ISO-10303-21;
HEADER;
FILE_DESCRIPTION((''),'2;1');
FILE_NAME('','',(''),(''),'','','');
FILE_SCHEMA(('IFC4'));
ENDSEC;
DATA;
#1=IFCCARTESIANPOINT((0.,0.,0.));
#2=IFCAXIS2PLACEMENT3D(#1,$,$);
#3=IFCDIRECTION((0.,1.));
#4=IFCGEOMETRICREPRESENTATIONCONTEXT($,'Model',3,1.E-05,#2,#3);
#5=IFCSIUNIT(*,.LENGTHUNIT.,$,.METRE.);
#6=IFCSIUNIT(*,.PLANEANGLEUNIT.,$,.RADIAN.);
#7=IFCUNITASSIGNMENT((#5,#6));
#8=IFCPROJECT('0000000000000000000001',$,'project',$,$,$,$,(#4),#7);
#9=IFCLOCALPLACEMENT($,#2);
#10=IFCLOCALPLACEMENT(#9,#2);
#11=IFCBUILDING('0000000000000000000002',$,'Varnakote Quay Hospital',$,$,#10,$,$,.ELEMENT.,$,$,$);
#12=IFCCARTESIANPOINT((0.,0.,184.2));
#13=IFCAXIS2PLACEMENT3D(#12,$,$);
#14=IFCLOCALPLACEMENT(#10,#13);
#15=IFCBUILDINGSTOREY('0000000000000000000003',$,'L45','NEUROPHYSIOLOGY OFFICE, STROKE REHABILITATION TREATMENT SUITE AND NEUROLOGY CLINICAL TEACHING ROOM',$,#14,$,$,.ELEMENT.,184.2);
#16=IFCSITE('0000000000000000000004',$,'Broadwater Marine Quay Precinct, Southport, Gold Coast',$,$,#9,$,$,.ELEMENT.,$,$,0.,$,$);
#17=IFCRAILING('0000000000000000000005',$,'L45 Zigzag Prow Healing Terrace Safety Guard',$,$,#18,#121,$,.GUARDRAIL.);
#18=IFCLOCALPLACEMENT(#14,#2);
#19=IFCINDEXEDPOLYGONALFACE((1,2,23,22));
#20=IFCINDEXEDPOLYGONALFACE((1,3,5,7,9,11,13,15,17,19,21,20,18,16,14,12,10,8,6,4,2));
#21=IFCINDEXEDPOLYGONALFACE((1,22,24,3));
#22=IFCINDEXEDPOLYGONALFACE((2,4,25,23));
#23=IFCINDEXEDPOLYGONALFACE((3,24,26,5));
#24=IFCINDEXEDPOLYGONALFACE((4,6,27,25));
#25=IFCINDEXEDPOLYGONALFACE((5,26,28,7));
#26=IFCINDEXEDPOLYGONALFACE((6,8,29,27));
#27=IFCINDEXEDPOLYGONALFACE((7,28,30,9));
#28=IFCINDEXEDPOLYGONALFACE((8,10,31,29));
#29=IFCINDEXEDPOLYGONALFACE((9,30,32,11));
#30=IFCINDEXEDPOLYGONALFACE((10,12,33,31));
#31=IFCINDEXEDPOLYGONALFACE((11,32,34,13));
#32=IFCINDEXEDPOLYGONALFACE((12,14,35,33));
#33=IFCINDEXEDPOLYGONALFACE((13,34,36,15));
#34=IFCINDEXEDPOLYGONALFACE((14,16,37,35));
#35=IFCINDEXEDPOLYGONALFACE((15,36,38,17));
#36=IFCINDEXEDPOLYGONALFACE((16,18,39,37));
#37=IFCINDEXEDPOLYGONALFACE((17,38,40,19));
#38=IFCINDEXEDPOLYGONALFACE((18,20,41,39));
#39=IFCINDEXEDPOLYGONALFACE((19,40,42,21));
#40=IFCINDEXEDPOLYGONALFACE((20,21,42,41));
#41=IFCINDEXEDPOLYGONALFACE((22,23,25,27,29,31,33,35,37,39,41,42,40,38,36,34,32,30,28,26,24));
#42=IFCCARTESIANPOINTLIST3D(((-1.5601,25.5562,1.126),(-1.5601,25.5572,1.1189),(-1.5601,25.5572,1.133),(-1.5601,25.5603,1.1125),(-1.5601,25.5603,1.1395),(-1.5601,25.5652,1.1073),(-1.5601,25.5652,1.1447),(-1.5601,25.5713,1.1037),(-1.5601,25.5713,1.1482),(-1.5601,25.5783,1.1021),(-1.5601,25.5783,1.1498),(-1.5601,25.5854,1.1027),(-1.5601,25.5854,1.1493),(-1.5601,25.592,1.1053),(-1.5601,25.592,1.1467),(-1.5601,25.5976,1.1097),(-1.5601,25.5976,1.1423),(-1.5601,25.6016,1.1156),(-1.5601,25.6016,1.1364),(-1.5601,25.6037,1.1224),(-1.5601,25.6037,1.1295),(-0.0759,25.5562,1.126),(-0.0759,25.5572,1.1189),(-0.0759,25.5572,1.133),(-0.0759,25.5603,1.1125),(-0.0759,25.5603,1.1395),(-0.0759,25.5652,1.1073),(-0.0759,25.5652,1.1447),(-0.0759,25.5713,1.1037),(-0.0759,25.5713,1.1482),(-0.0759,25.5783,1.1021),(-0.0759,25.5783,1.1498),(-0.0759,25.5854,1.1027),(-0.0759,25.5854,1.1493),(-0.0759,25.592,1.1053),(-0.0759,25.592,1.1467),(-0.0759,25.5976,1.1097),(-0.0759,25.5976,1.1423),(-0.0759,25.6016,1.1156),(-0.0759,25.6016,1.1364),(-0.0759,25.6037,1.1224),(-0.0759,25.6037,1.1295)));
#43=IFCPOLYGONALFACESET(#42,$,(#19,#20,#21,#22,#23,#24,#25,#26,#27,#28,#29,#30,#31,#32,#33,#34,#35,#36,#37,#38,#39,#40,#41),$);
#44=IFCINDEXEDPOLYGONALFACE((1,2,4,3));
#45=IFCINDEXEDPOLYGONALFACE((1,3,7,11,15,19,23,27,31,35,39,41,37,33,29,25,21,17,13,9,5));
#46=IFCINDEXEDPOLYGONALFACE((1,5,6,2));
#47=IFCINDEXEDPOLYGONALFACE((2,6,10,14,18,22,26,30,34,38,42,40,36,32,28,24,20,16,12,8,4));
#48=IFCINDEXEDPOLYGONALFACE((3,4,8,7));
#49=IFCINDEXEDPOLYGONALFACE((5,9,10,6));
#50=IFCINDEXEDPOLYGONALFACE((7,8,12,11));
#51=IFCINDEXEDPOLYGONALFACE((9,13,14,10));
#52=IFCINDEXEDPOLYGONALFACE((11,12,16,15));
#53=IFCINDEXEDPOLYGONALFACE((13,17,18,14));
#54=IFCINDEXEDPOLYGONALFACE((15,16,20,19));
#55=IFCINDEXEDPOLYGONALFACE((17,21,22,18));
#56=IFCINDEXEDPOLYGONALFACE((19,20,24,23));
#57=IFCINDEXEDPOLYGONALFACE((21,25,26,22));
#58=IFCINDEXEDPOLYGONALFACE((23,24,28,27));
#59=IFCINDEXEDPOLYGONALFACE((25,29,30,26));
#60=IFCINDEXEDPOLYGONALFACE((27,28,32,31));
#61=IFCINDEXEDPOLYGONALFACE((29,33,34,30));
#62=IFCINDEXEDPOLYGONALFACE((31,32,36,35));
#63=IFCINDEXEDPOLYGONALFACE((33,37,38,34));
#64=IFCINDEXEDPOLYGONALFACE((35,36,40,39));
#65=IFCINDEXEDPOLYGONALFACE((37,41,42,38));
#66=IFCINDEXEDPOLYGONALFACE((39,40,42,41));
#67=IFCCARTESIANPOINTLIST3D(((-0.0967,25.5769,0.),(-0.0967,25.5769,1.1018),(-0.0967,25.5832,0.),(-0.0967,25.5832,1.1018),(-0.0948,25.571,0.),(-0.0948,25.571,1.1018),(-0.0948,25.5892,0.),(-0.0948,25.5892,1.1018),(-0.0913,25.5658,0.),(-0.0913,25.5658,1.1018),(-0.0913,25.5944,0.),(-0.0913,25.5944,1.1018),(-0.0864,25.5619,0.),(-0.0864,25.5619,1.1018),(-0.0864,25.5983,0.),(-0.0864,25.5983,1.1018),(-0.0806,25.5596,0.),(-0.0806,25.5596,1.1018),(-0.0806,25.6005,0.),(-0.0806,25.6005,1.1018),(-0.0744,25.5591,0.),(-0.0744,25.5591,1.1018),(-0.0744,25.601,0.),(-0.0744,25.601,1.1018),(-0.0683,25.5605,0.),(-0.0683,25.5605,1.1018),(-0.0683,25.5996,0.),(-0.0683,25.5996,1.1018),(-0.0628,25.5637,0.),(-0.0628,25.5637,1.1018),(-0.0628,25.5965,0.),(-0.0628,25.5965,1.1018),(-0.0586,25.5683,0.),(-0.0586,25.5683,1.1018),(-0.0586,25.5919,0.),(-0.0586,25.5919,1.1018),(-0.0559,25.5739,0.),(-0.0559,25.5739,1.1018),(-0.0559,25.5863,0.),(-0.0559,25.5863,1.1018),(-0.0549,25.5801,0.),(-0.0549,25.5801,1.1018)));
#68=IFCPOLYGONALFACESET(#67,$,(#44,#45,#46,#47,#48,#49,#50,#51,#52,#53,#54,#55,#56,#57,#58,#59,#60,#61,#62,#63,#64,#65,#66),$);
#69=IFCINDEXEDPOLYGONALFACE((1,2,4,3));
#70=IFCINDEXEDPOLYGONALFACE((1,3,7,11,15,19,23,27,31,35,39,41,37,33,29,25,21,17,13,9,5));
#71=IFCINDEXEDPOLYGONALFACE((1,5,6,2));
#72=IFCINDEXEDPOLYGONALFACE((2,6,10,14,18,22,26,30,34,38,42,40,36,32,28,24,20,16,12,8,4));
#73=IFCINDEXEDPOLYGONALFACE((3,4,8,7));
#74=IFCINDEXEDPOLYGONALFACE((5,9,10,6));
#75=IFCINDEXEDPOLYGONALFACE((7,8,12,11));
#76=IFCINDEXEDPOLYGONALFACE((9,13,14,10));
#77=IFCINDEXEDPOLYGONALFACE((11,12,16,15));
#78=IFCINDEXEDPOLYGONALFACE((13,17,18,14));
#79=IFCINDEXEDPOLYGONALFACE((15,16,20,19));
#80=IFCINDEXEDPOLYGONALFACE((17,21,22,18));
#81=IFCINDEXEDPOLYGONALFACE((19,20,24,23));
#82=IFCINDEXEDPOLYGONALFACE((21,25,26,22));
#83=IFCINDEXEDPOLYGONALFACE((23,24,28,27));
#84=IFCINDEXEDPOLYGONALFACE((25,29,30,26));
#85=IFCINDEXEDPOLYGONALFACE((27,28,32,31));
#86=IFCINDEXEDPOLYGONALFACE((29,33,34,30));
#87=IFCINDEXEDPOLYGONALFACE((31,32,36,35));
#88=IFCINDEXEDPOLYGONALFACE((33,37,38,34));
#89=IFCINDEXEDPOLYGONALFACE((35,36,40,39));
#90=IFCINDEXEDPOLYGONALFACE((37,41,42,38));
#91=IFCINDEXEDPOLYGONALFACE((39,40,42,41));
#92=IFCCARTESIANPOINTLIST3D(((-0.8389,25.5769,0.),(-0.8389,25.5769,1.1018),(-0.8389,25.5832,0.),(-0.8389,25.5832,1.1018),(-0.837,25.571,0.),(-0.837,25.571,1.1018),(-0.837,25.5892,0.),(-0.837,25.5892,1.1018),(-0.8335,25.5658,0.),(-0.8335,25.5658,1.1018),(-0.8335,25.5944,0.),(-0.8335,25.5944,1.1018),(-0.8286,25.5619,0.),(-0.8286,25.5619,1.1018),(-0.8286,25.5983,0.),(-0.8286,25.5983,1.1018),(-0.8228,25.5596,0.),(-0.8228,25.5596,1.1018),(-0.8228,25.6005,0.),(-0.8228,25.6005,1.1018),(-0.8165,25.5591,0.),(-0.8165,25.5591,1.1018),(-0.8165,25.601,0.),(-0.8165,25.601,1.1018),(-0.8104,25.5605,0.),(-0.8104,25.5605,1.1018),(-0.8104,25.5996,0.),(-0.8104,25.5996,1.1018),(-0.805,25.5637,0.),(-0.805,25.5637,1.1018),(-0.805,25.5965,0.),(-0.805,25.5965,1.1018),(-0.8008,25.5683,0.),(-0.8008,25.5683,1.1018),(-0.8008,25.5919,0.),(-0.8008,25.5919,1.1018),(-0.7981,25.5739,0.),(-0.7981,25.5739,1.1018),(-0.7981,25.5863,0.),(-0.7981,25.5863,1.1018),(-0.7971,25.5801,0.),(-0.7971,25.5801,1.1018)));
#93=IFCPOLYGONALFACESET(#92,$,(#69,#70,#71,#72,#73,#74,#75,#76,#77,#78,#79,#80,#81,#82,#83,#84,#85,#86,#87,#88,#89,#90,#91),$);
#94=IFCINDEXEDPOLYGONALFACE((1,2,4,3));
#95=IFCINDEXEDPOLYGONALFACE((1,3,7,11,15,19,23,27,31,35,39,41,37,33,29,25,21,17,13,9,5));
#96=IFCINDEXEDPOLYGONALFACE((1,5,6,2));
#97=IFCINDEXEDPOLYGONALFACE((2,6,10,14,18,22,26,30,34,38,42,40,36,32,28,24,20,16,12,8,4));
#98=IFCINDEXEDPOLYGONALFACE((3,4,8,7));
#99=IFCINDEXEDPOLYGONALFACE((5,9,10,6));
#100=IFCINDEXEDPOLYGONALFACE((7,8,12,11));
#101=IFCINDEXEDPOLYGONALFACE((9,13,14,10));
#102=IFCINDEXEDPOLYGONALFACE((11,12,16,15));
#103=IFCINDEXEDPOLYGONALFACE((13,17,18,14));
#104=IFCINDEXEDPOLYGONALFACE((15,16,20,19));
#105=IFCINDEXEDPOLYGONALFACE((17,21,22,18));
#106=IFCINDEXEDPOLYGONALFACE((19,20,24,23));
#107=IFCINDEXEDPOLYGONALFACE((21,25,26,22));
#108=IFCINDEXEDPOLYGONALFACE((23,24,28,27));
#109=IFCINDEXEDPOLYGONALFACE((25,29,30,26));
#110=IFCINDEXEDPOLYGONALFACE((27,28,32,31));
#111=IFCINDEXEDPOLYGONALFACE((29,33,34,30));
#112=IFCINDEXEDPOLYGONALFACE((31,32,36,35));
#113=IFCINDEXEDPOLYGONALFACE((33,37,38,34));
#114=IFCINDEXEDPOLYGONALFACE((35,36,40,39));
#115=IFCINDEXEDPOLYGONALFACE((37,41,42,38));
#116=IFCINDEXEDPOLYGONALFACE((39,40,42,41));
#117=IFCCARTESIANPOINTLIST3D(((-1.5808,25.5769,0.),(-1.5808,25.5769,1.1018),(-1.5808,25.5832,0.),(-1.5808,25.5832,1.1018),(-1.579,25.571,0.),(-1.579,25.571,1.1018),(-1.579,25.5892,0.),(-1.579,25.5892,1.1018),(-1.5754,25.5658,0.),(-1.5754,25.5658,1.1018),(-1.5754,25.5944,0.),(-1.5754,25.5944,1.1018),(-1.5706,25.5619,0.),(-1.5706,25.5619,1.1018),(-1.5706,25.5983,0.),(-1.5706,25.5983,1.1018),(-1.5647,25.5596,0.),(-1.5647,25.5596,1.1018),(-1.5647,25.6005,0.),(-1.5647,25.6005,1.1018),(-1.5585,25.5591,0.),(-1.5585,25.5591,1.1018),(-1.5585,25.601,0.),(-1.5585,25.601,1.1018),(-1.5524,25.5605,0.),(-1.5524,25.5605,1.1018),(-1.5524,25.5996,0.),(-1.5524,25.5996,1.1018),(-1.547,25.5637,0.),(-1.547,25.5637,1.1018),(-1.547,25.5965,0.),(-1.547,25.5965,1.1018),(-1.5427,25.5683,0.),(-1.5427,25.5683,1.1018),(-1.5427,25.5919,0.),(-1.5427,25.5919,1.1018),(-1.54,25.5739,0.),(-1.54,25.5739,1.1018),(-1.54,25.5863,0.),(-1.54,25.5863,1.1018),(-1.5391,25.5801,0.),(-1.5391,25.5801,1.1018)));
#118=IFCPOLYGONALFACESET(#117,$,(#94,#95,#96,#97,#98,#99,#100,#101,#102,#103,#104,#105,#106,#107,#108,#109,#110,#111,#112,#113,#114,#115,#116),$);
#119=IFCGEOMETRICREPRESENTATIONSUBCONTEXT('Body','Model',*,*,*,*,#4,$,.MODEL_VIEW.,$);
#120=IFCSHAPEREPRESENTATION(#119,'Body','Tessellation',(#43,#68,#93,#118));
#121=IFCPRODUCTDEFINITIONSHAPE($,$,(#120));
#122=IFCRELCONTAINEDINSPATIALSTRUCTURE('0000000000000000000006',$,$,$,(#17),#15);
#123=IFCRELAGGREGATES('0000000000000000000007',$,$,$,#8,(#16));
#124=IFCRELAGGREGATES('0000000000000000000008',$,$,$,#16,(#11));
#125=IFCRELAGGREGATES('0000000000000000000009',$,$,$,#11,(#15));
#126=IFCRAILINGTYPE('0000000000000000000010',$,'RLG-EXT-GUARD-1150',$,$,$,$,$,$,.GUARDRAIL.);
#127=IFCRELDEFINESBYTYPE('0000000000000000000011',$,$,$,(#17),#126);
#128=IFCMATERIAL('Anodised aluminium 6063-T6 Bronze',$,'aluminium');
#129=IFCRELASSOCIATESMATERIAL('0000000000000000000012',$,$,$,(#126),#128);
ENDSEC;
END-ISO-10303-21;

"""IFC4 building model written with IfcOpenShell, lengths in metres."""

from ifc_helpers import new_model, si_unit, direction, frame, origin, origin_2d, place, context, subcontext, project, spatial, circle, extrude, material, type_object, element, save


model = new_model("IFC4")

# Units and contexts
model_context = context("Model", 3, precision=1e-05, world=origin(), true_north=direction((0.0, 1.0)))
body_context = subcontext(model_context, "Body", "Model", "MODEL_VIEW")
ifc_project = project(units=[si_unit("LENGTHUNIT", "METRE"), si_unit("PLANEANGLEUNIT", "RADIAN")], contexts=[model_context])

# Site, building, storey
site_placement = place(None, origin())
site = spatial("IfcSite", under=ifc_project, at=site_placement, Name="Broadwater Marine Quay Precinct, Southport, Gold Coast", CompositionType="ELEMENT", RefElevation=0.0)
building_placement = place(site_placement, origin())
building = spatial("IfcBuilding", under=site, at=building_placement, Name="Varnakote Quay Hospital", CompositionType="ELEMENT")
storey_placement = place(building_placement, frame((0.0, 0.0, 184.2)))
storey = spatial("IfcBuildingStorey", under=building, at=storey_placement, Name="L45", Description="NEUROPHYSIOLOGY OFFICE, STROKE REHABILITATION TREATMENT SUITE AND NEUROLOGY CLINICAL TEACHING ROOM", CompositionType="ELEMENT", Elevation=184.2)

# Railing
ifc_material_1 = material(Name="Anodised aluminium 6063-T6 Bronze", Category="aluminium")
railing_type = type_object("IfcRailingType", Name="RLG-EXT-GUARD-1150", PredefinedType="GUARDRAIL", material=ifc_material_1)
railing_1_placement = place(storey_placement, frame((-0.0759, 25.5801, 0.0)))
element("IfcRailing", 1, at=railing_1_placement, inside=storey, type_object=railing_type, Name="L45 Zigzag Prow Healing Terrace Safety Guard", PredefinedType="GUARDRAIL", context=body_context, shape_type="SweptSolid", body=[
    extrude(circle(Radius=0.0239, at=origin_2d()), frame((0.0, 0.0, 1.126), z_axis=(-1.0, 0.0, 0.0), x_axis=(0.0, -1.0, 0.0)), (0.0, 0.0, 1.0), 1.4841),
    extrude(circle(Radius=0.021, at=origin_2d()), origin(), (0.0, 0.0, 1.0), 1.1018),
    extrude(circle(Radius=0.021, at=origin_2d()), frame((-0.7422, 0.0, 0.0)), (0.0, 0.0, 1.0), 1.1018),
    extrude(circle(Radius=0.021, at=origin_2d()), frame((-1.4841, 0.0, 0.0)), (0.0, 0.0, 1.0), 1.1018),
])

save(model, "model.ifc")
